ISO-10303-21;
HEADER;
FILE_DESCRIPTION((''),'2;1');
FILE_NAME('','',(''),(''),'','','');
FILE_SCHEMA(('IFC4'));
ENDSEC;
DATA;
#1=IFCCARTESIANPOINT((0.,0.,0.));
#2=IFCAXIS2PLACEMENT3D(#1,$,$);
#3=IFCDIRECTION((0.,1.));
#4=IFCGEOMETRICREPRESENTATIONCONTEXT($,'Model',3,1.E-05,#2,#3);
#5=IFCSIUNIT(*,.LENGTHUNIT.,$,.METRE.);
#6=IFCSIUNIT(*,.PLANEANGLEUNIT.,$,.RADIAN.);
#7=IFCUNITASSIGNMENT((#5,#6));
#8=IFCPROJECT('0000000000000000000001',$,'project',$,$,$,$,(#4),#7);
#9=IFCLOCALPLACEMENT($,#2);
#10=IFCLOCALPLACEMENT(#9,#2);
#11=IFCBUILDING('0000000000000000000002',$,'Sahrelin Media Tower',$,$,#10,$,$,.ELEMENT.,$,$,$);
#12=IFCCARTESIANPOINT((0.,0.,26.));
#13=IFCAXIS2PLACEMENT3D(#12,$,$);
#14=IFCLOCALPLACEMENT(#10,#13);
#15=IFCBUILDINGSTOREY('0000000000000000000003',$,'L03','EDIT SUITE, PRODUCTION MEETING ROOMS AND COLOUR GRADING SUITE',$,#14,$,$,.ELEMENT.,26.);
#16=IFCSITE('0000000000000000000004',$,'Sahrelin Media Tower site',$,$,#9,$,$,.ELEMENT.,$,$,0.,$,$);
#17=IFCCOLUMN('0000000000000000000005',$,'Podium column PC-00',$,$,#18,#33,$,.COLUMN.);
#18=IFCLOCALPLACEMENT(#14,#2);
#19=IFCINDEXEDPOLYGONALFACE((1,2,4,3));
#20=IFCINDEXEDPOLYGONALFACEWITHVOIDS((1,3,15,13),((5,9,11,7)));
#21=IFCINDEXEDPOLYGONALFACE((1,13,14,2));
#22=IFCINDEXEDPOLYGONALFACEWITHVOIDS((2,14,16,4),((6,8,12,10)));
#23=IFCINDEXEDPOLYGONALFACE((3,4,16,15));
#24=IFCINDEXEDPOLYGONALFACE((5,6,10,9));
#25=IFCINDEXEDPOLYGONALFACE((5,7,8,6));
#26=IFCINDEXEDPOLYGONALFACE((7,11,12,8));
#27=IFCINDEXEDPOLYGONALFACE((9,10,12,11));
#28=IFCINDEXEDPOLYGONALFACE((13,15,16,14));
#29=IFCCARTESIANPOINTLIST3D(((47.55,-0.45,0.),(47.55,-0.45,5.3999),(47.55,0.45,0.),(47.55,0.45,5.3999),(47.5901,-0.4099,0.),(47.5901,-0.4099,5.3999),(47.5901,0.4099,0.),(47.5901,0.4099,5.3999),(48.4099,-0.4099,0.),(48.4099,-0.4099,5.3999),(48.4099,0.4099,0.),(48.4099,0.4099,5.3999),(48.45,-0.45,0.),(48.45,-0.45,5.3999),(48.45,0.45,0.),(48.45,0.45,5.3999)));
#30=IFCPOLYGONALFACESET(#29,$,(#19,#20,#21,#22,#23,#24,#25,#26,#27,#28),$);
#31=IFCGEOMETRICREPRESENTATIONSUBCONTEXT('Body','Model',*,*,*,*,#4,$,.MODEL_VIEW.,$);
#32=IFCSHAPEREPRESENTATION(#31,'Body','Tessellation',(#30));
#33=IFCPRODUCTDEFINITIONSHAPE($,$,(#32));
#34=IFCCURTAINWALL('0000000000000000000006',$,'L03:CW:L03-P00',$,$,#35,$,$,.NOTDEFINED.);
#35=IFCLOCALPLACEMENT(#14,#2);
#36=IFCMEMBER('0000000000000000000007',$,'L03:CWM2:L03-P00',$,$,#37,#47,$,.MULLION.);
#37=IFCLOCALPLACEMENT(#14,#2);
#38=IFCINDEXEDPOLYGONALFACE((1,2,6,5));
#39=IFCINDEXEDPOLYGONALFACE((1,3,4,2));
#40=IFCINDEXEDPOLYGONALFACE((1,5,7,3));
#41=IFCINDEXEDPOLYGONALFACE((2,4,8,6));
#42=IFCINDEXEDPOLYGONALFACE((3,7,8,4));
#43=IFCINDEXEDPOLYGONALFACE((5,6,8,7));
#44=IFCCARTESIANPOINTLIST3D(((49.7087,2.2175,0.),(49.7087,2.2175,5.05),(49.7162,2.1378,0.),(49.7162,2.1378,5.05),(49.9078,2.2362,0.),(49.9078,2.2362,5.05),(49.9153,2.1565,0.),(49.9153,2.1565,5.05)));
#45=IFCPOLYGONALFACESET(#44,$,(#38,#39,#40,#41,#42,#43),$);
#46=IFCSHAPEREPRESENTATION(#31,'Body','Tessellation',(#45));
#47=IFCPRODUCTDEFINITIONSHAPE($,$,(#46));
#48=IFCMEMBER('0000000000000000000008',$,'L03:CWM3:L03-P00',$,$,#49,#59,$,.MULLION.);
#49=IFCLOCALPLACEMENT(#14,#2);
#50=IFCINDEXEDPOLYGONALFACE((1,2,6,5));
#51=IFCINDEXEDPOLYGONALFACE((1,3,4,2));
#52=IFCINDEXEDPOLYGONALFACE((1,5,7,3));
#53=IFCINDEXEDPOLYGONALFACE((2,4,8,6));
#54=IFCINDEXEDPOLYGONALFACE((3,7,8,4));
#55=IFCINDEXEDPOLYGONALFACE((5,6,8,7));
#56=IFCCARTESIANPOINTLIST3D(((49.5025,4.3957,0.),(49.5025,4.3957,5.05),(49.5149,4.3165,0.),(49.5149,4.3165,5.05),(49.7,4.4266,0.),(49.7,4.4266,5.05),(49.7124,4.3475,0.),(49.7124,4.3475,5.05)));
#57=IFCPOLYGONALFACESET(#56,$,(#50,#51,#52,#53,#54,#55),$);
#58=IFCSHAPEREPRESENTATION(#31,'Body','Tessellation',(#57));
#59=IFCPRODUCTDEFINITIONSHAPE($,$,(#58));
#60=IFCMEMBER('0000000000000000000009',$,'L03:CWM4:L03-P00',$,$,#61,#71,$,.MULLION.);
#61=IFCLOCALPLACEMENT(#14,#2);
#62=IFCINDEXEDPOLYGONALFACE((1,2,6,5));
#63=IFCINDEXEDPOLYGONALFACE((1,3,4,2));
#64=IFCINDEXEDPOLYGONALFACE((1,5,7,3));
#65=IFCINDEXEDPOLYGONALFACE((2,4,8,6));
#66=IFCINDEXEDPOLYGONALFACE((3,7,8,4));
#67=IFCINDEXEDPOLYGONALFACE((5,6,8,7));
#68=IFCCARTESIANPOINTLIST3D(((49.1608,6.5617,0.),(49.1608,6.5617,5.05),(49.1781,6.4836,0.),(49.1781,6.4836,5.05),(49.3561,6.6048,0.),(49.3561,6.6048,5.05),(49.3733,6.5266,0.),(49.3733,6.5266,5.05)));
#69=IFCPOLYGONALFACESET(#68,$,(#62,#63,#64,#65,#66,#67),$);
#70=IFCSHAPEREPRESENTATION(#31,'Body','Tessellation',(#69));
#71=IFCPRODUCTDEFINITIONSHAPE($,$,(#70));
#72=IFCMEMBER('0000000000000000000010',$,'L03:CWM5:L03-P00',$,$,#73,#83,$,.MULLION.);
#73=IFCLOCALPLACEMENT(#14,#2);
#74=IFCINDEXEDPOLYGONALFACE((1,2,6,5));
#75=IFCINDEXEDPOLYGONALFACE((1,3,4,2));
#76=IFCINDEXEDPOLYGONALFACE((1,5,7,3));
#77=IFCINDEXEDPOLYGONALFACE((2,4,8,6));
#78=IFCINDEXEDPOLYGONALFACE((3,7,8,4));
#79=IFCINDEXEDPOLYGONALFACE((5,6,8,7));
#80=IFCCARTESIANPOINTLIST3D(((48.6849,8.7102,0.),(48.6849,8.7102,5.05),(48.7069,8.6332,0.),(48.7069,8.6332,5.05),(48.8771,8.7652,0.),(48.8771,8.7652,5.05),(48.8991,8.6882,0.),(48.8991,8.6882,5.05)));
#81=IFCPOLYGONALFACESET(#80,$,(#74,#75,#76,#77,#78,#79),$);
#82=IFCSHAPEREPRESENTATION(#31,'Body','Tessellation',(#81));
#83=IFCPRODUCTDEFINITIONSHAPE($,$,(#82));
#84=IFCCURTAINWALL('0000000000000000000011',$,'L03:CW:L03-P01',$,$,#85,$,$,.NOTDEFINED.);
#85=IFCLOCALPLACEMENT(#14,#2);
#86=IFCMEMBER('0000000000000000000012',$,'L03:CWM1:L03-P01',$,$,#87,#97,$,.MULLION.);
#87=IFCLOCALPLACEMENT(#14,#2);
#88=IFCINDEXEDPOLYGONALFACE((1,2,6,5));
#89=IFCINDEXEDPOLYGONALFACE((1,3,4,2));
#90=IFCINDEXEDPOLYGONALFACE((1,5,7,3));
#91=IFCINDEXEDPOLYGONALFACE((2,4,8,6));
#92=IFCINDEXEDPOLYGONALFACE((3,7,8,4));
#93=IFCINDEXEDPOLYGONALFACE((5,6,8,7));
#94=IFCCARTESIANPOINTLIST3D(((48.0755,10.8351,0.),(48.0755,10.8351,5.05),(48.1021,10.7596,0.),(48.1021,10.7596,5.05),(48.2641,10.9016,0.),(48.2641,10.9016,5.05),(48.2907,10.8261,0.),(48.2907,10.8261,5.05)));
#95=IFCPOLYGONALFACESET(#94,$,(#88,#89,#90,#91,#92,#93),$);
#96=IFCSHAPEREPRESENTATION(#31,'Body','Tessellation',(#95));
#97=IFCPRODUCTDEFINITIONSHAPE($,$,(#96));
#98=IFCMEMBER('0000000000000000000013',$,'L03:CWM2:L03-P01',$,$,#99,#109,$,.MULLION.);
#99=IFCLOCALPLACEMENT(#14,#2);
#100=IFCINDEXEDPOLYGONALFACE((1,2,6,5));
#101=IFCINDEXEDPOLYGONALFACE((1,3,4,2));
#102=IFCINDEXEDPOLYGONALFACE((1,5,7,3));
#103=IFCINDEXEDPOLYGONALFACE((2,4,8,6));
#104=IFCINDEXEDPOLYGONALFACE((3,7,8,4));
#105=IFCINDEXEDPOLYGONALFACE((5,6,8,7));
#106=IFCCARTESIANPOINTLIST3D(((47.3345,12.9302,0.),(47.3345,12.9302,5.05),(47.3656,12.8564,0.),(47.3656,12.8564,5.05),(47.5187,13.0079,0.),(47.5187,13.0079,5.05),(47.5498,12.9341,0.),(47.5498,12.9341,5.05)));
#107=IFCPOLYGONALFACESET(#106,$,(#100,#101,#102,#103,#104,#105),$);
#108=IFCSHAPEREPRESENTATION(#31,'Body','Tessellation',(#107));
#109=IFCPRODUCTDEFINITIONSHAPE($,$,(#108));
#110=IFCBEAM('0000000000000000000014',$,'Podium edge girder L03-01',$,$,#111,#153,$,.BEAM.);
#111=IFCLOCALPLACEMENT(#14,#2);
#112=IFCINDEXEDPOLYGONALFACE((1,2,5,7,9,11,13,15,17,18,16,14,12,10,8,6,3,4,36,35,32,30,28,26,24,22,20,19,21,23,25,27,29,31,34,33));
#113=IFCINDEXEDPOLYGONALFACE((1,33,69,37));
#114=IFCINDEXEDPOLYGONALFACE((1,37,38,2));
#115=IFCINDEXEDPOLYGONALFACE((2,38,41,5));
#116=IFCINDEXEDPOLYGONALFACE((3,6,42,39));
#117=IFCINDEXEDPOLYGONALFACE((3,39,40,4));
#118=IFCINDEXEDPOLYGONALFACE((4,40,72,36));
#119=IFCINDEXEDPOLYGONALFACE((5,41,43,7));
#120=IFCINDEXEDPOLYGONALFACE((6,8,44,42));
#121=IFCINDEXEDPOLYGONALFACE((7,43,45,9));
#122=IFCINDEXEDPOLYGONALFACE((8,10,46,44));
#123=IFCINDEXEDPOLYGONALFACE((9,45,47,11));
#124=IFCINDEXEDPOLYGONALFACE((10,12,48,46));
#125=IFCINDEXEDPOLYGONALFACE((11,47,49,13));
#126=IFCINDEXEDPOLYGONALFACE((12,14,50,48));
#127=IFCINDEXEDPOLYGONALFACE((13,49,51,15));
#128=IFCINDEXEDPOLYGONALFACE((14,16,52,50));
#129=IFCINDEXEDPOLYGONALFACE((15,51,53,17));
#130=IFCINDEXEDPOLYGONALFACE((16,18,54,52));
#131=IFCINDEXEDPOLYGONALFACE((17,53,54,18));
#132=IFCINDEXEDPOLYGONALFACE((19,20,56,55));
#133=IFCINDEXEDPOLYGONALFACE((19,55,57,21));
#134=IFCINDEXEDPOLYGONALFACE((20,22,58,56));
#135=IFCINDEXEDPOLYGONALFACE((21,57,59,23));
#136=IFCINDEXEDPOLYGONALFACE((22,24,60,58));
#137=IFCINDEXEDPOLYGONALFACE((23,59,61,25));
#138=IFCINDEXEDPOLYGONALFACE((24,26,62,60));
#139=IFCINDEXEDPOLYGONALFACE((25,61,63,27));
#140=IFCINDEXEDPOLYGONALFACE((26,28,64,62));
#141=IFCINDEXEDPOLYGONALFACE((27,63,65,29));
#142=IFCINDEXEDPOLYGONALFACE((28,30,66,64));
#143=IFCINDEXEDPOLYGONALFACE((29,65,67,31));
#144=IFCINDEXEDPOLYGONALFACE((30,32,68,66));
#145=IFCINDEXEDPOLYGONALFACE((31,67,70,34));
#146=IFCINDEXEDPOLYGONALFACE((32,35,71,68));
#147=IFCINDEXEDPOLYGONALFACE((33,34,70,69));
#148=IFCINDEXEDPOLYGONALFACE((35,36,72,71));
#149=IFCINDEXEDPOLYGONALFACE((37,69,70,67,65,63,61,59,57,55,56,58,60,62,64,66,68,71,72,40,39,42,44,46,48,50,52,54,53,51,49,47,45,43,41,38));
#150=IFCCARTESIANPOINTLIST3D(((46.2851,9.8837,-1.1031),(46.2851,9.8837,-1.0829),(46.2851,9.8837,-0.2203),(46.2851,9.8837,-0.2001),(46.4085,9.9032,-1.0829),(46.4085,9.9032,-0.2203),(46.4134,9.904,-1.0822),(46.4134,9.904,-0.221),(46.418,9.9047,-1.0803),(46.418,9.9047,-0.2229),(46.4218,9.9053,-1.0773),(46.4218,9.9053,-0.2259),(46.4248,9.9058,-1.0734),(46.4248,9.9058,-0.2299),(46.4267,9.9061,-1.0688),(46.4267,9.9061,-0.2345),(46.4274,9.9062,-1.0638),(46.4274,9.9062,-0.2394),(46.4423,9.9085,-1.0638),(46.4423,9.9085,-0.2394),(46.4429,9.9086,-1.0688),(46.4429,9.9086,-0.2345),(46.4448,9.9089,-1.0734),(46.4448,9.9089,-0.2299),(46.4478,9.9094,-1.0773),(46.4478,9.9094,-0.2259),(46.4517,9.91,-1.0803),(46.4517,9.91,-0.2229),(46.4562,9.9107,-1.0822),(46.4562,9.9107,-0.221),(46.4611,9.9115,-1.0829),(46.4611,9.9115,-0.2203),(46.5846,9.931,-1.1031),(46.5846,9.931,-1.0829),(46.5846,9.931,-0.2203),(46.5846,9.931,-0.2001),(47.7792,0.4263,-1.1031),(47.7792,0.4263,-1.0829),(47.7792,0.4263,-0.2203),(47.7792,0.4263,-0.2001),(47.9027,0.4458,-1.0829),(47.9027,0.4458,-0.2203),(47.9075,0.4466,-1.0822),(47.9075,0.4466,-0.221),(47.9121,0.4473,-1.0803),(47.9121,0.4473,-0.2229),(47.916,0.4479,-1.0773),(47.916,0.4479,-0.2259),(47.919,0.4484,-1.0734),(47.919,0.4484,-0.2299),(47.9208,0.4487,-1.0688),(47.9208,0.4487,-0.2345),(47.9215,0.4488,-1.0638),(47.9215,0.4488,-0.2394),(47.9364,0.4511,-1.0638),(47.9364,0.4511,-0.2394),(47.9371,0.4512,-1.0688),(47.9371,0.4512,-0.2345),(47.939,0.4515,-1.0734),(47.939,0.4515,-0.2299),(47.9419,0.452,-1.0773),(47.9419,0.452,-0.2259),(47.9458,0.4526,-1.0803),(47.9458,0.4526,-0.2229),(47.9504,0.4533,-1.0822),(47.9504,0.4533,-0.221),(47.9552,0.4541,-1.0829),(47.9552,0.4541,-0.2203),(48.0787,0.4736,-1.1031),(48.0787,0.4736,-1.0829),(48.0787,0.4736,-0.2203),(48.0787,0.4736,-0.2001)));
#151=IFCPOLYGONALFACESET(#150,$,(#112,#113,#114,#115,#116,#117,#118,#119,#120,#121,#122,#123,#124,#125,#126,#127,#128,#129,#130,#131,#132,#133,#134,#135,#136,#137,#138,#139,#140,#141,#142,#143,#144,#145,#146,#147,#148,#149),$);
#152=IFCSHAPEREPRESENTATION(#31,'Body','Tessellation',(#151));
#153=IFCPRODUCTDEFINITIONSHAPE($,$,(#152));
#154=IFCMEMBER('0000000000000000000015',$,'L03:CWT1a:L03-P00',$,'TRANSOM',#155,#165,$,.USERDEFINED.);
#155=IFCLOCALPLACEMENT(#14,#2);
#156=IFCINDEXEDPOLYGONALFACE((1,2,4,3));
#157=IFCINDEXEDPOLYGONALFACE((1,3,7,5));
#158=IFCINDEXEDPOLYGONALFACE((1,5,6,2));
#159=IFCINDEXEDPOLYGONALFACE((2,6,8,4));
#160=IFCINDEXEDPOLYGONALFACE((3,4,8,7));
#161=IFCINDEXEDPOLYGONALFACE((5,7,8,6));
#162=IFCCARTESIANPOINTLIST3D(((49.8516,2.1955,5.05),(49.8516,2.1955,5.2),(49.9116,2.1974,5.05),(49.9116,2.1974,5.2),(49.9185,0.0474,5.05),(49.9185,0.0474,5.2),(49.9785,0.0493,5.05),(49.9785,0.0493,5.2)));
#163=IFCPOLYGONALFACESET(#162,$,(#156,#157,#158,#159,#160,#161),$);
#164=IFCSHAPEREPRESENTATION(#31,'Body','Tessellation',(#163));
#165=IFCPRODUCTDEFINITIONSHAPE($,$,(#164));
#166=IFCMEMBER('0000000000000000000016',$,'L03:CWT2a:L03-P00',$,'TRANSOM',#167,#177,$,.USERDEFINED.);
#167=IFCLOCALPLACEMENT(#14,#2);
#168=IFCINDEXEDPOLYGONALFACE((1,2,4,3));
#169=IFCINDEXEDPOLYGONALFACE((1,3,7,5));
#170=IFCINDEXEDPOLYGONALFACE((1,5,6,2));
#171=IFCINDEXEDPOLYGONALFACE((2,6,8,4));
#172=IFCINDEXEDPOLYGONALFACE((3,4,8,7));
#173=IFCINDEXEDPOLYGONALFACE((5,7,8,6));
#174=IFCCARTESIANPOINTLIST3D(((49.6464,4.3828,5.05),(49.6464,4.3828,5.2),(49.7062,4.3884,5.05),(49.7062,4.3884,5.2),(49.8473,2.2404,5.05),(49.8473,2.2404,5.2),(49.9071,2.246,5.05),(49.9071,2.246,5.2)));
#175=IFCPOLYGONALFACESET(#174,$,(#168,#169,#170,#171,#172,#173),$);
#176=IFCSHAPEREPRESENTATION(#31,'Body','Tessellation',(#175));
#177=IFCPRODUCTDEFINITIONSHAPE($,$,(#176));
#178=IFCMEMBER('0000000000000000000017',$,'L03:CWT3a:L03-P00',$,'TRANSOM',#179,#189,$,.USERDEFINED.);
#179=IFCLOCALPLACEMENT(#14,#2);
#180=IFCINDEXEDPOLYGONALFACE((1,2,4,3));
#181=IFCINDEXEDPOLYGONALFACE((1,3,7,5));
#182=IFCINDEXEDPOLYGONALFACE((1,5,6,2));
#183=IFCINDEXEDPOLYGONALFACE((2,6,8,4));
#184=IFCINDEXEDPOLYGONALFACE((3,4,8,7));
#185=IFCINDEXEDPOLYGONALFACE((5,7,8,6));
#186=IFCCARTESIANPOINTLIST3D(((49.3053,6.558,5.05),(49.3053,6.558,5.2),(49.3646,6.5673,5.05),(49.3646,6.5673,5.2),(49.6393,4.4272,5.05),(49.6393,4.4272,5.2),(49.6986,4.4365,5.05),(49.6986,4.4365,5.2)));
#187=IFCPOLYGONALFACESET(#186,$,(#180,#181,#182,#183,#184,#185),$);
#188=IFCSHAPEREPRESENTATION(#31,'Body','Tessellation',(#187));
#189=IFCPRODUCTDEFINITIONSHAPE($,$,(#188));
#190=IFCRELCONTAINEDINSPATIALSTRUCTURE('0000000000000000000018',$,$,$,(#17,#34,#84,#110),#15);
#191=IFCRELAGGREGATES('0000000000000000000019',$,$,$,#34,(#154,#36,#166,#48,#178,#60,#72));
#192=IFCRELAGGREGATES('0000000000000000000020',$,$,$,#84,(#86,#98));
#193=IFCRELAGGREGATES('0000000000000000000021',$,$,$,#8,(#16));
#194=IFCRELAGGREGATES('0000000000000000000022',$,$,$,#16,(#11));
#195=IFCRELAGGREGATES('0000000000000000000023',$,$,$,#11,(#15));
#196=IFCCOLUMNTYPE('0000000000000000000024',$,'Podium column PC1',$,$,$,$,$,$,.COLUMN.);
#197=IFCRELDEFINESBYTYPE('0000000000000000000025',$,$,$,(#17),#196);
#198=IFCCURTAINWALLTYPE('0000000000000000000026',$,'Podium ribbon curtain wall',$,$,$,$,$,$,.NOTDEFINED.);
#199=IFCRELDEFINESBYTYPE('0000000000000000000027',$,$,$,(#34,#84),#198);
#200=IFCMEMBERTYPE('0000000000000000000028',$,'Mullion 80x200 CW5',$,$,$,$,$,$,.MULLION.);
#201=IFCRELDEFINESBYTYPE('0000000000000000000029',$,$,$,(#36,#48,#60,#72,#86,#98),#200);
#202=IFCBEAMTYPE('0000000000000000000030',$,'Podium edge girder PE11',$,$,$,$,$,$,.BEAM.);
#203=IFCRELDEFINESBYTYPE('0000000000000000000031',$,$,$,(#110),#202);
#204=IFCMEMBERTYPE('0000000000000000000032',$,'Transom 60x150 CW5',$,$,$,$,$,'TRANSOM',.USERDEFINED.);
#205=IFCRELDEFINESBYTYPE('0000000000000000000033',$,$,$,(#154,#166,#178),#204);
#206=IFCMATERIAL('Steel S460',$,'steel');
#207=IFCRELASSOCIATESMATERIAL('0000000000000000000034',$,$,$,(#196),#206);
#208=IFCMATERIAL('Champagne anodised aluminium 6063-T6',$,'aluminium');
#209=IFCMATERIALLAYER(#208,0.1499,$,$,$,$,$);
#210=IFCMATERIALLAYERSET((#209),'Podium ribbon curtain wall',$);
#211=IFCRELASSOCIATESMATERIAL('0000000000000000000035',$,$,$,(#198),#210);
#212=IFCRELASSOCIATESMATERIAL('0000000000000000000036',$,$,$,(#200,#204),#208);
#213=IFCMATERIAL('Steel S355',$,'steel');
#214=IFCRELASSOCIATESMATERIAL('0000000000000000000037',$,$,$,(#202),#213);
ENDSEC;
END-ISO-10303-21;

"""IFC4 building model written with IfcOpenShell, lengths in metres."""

from ifc_helpers import new_model, si_unit, direction, frame, origin, origin_2d, place, context, subcontext, project, spatial, rectangle, hollow_rectangle, i_section, extrude, material, layer, layer_set, material_profile, profile_set, type_object, element, aggregate, save


model = new_model("IFC4")

# Units and contexts
model_context = context("Model", 3, precision=1e-05, world=origin(), true_north=direction((0.0, 1.0)))
body_context = subcontext(model_context, "Body", "Model", "MODEL_VIEW")
ifc_project = project(units=[si_unit("LENGTHUNIT", "METRE"), si_unit("PLANEANGLEUNIT", "RADIAN")], contexts=[model_context])

# Site, building, storey
site_placement = place(None, origin())
site = spatial("IfcSite", under=ifc_project, at=site_placement, Name="Sahrelin Media Tower site", CompositionType="ELEMENT", RefElevation=0.0)
building_placement = place(site_placement, origin())
building = spatial("IfcBuilding", under=site, at=building_placement, Name="Sahrelin Media Tower", CompositionType="ELEMENT")
storey_placement = place(building_placement, frame((0.0, 0.0, 26.0)))
storey = spatial("IfcBuildingStorey", under=building, at=storey_placement, Name="L03", Description="EDIT SUITE, PRODUCTION MEETING ROOMS AND COLOUR GRADING SUITE", CompositionType="ELEMENT", Elevation=26.0)

# Column
ifc_material_1 = material(Name="Steel S460", Category="steel")
ifc_material_profile_1 = material_profile(ifc_material_1, hollow_rectangle(XDim=0.8999, YDim=0.8999, WallThickness=0.04, at=origin_2d()), Name="Podium column PC1")
ifc_profile_set_1 = profile_set([ifc_material_profile_1], Name="Steel S460")
column_type = type_object("IfcColumnType", Name="Podium column PC1", PredefinedType="COLUMN", material=ifc_profile_set_1)
column_placement = place(storey_placement, frame((48.0, 0.0, 0.0), z_axis=(0.0, 0.0, 1.0), x_axis=(1.0, 0.0, 0.0)))
element("IfcColumn", 1, at=column_placement, inside=storey, type_object=column_type, Name="Podium column PC-00", PredefinedType="COLUMN", context=body_context, shape_type="SweptSolid", body=[
    extrude(hollow_rectangle(XDim=0.8999, YDim=0.8999, WallThickness=0.04, at=origin_2d()), origin(), (0.0, 0.0, 1.0), 5.3999),
])

# Curtain walls, members
ifc_material_2 = material(Name="Champagne anodised aluminium 6063-T6", Category="aluminium")
ifc_layer_1 = layer(ifc_material_2, 0.1499)
ifc_layer_set_1 = layer_set([ifc_layer_1], Name="Podium ribbon curtain wall")
curtain_wall_type = type_object("IfcCurtainWallType", Name="Podium ribbon curtain wall", PredefinedType="NOTDEFINED", material=ifc_layer_set_1)
curtain_wall_1_placement = place(storey_placement, frame((50.0, 0.0, 0.0), z_axis=(0.0, 0.0, 1.0), x_axis=(1.0, 0.0, 0.0)))
curtain_wall_1 = element("IfcCurtainWall", 2, at=curtain_wall_1_placement, inside=storey, type_object=curtain_wall_type, Name="L03:CW:L03-P00", PredefinedType="NOTDEFINED")
ifc_material_profile_2 = material_profile(ifc_material_2, rectangle(XDim=0.0801, YDim=0.2, at=origin_2d()), Name="Mullion 80x200")
ifc_profile_set_2 = profile_set([ifc_material_profile_2], Name="Champagne anodised aluminium 6063-T6")
member_type_1 = type_object("IfcMemberType", Name="Mullion 80x200 CW5", PredefinedType="MULLION", material=ifc_profile_set_2)
member_1_placement = place(storey_placement, frame((49.812, 2.187, 0.0), z_axis=(0.0, 0.0, 1.0), x_axis=(-0.093292, 0.995639, 0.0)))
member_1 = element("IfcMember", 3, at=member_1_placement, type_object=member_type_1, Name="L03:CWM2:L03-P00", PredefinedType="MULLION", context=body_context, shape_type="SweptSolid", body=[
    extrude(rectangle(XDim=0.0801, YDim=0.2, at=origin_2d()), origin(), (0.0, 0.0, 1.0), 5.05),
])
member_2_placement = place(storey_placement, frame((49.6074, 4.3716, 0.0), z_axis=(0.0, 0.0, 1.0), x_axis=(-0.154852, 0.987938, 0.0)))
member_2 = element("IfcMember", 4, at=member_2_placement, type_object=member_type_1, Name="L03:CWM3:L03-P00", PredefinedType="MULLION", context=body_context, shape_type="SweptSolid", body=[
    extrude(rectangle(XDim=0.0801, YDim=0.2, at=origin_2d()), origin(), (0.0, 0.0, 1.0), 5.05),
])
member_3_placement = place(storey_placement, frame((49.2671, 6.5442, 0.0), z_axis=(0.0, 0.0, 1.0), x_axis=(-0.215438, 0.976518, 0.0)))
member_3 = element("IfcMember", 5, at=member_3_placement, type_object=member_type_1, Name="L03:CWM4:L03-P00", PredefinedType="MULLION", context=body_context, shape_type="SweptSolid", body=[
    extrude(rectangle(XDim=0.0801, YDim=0.2, at=origin_2d()), origin(), (0.0, 0.0, 1.0), 5.05),
])
member_4_placement = place(storey_placement, frame((48.792, 8.6992, 0.0), z_axis=(0.0, 0.0, 1.0), x_axis=(-0.27481, 0.961499, 0.0)))
member_4 = element("IfcMember", 6, at=member_4_placement, type_object=member_type_1, Name="L03:CWM5:L03-P00", PredefinedType="MULLION", context=body_context, shape_type="SweptSolid", body=[
    extrude(rectangle(XDim=0.0801, YDim=0.2, at=origin_2d()), origin(), (0.0, 0.0, 1.0), 5.05),
])
curtain_wall_2_placement = place(storey_placement, frame((48.2964, 10.8704, 0.0), z_axis=(0.0, 0.0, 1.0), x_axis=(1.0, 0.0, 0.0)))
curtain_wall_2 = element("IfcCurtainWall", 7, at=curtain_wall_2_placement, inside=storey, type_object=curtain_wall_type, Name="L03:CW:L03-P01", PredefinedType="NOTDEFINED")
member_5_placement = place(storey_placement, frame((48.1831, 10.8306, 0.0), z_axis=(0.0, 0.0, 1.0), x_axis=(-0.332579, 0.943075, 0.0)))
member_5 = element("IfcMember", 8, at=member_5_placement, type_object=member_type_1, Name="L03:CWM1:L03-P01", PredefinedType="MULLION", context=body_context, shape_type="SweptSolid", body=[
    extrude(rectangle(XDim=0.0801, YDim=0.2, at=origin_2d()), origin(), (0.0, 0.0, 1.0), 5.05),
])
member_6_placement = place(storey_placement, frame((47.4421, 12.9321, 0.0), z_axis=(0.0, 0.0, 1.0), x_axis=(-0.38845, 0.92147, 0.0)))
member_6 = element("IfcMember", 9, at=member_6_placement, type_object=member_type_1, Name="L03:CWM2:L03-P01", PredefinedType="MULLION", context=body_context, shape_type="SweptSolid", body=[
    extrude(rectangle(XDim=0.0801, YDim=0.2, at=origin_2d()), origin(), (0.0, 0.0, 1.0), 5.05),
])

# Beam
ifc_material_3 = material(Name="Steel S355", Category="steel")
ifc_material_profile_3 = material_profile(ifc_material_3, i_section(OverallWidth=0.3032, OverallDepth=0.9031, WebThickness=0.0151, FlangeThickness=0.0203, FilletRadius=0.019, at=origin_2d()), Name="UB 914x305x201")
ifc_profile_set_3 = profile_set([ifc_material_profile_3], Name="Steel S355")
beam_type = type_object("IfcBeamType", Name="Podium edge girder PE11", PredefinedType="BEAM", material=ifc_profile_set_3)
beam_placement = place(storey_placement, frame((47.929, 0.45, -0.6516), z_axis=(-0.156049, 0.987749, 0.0), x_axis=(-0.987749, -0.156049, 0.0)))
element("IfcBeam", 10, at=beam_placement, inside=storey, type_object=beam_type, Name="Podium edge girder L03-01", PredefinedType="BEAM", context=body_context, shape_type="SweptSolid", body=[
    extrude(i_section(OverallWidth=0.3032, OverallDepth=0.9031, WebThickness=0.0151, FlangeThickness=0.0203, FilletRadius=0.019, at=origin_2d()), origin(), (0.0, 0.0, 1.0), 9.5747),
])

# Members
ifc_material_profile_4 = material_profile(ifc_material_2, rectangle(XDim=0.0601, YDim=0.1499, at=origin_2d()), Name="Transom 60x150")
ifc_profile_set_4 = profile_set([ifc_material_profile_4], Name="Champagne anodised aluminium 6063-T6")
member_type_2 = type_object("IfcMemberType", Name="Transom 60x150 CW5", ElementType="TRANSOM", PredefinedType="USERDEFINED", material=ifc_profile_set_4)
member_7_placement = place(storey_placement, frame((49.9485, 0.0483, 5.125), z_axis=(-0.031125, 0.999516, 0.0), x_axis=(-0.999516, -0.031125, 0.0)))
member_7 = element("IfcMember", 11, at=member_7_placement, type_object=member_type_2, Name="L03:CWT1a:L03-P00", ObjectType="TRANSOM", PredefinedType="USERDEFINED", context=body_context, shape_type="SweptSolid", body=[
    extrude(rectangle(XDim=0.0601, YDim=0.1499, at=origin_2d()), origin(), (0.0, 0.0, 1.0), 2.1492),
])
member_8_placement = place(storey_placement, frame((49.8772, 2.2432, 5.125), z_axis=(-0.093379, 0.995631, 0.0), x_axis=(-0.995631, -0.093379, 0.0)))
member_8 = element("IfcMember", 12, at=member_8_placement, type_object=member_type_2, Name="L03:CWT2a:L03-P00", ObjectType="TRANSOM", PredefinedType="USERDEFINED", context=body_context, shape_type="SweptSolid", body=[
    extrude(rectangle(XDim=0.0601, YDim=0.1499, at=origin_2d()), origin(), (0.0, 0.0, 1.0), 2.1519),
])
member_9_placement = place(storey_placement, frame((49.6689, 4.4319, 5.125), z_axis=(-0.154864, 0.987936, 0.0), x_axis=(-0.987936, -0.154864, 0.0)))
member_9 = element("IfcMember", 13, at=member_9_placement, type_object=member_type_2, Name="L03:CWT3a:L03-P00", ObjectType="TRANSOM", PredefinedType="USERDEFINED", context=body_context, shape_type="SweptSolid", body=[
    extrude(rectangle(XDim=0.0601, YDim=0.1499, at=origin_2d()), origin(), (0.0, 0.0, 1.0), 2.1567),
])

aggregate(curtain_wall_1, [member_7, member_1, member_8, member_2, member_9, member_3, member_4])
aggregate(curtain_wall_2, [member_5, member_6])

save(model, "model.ifc")
